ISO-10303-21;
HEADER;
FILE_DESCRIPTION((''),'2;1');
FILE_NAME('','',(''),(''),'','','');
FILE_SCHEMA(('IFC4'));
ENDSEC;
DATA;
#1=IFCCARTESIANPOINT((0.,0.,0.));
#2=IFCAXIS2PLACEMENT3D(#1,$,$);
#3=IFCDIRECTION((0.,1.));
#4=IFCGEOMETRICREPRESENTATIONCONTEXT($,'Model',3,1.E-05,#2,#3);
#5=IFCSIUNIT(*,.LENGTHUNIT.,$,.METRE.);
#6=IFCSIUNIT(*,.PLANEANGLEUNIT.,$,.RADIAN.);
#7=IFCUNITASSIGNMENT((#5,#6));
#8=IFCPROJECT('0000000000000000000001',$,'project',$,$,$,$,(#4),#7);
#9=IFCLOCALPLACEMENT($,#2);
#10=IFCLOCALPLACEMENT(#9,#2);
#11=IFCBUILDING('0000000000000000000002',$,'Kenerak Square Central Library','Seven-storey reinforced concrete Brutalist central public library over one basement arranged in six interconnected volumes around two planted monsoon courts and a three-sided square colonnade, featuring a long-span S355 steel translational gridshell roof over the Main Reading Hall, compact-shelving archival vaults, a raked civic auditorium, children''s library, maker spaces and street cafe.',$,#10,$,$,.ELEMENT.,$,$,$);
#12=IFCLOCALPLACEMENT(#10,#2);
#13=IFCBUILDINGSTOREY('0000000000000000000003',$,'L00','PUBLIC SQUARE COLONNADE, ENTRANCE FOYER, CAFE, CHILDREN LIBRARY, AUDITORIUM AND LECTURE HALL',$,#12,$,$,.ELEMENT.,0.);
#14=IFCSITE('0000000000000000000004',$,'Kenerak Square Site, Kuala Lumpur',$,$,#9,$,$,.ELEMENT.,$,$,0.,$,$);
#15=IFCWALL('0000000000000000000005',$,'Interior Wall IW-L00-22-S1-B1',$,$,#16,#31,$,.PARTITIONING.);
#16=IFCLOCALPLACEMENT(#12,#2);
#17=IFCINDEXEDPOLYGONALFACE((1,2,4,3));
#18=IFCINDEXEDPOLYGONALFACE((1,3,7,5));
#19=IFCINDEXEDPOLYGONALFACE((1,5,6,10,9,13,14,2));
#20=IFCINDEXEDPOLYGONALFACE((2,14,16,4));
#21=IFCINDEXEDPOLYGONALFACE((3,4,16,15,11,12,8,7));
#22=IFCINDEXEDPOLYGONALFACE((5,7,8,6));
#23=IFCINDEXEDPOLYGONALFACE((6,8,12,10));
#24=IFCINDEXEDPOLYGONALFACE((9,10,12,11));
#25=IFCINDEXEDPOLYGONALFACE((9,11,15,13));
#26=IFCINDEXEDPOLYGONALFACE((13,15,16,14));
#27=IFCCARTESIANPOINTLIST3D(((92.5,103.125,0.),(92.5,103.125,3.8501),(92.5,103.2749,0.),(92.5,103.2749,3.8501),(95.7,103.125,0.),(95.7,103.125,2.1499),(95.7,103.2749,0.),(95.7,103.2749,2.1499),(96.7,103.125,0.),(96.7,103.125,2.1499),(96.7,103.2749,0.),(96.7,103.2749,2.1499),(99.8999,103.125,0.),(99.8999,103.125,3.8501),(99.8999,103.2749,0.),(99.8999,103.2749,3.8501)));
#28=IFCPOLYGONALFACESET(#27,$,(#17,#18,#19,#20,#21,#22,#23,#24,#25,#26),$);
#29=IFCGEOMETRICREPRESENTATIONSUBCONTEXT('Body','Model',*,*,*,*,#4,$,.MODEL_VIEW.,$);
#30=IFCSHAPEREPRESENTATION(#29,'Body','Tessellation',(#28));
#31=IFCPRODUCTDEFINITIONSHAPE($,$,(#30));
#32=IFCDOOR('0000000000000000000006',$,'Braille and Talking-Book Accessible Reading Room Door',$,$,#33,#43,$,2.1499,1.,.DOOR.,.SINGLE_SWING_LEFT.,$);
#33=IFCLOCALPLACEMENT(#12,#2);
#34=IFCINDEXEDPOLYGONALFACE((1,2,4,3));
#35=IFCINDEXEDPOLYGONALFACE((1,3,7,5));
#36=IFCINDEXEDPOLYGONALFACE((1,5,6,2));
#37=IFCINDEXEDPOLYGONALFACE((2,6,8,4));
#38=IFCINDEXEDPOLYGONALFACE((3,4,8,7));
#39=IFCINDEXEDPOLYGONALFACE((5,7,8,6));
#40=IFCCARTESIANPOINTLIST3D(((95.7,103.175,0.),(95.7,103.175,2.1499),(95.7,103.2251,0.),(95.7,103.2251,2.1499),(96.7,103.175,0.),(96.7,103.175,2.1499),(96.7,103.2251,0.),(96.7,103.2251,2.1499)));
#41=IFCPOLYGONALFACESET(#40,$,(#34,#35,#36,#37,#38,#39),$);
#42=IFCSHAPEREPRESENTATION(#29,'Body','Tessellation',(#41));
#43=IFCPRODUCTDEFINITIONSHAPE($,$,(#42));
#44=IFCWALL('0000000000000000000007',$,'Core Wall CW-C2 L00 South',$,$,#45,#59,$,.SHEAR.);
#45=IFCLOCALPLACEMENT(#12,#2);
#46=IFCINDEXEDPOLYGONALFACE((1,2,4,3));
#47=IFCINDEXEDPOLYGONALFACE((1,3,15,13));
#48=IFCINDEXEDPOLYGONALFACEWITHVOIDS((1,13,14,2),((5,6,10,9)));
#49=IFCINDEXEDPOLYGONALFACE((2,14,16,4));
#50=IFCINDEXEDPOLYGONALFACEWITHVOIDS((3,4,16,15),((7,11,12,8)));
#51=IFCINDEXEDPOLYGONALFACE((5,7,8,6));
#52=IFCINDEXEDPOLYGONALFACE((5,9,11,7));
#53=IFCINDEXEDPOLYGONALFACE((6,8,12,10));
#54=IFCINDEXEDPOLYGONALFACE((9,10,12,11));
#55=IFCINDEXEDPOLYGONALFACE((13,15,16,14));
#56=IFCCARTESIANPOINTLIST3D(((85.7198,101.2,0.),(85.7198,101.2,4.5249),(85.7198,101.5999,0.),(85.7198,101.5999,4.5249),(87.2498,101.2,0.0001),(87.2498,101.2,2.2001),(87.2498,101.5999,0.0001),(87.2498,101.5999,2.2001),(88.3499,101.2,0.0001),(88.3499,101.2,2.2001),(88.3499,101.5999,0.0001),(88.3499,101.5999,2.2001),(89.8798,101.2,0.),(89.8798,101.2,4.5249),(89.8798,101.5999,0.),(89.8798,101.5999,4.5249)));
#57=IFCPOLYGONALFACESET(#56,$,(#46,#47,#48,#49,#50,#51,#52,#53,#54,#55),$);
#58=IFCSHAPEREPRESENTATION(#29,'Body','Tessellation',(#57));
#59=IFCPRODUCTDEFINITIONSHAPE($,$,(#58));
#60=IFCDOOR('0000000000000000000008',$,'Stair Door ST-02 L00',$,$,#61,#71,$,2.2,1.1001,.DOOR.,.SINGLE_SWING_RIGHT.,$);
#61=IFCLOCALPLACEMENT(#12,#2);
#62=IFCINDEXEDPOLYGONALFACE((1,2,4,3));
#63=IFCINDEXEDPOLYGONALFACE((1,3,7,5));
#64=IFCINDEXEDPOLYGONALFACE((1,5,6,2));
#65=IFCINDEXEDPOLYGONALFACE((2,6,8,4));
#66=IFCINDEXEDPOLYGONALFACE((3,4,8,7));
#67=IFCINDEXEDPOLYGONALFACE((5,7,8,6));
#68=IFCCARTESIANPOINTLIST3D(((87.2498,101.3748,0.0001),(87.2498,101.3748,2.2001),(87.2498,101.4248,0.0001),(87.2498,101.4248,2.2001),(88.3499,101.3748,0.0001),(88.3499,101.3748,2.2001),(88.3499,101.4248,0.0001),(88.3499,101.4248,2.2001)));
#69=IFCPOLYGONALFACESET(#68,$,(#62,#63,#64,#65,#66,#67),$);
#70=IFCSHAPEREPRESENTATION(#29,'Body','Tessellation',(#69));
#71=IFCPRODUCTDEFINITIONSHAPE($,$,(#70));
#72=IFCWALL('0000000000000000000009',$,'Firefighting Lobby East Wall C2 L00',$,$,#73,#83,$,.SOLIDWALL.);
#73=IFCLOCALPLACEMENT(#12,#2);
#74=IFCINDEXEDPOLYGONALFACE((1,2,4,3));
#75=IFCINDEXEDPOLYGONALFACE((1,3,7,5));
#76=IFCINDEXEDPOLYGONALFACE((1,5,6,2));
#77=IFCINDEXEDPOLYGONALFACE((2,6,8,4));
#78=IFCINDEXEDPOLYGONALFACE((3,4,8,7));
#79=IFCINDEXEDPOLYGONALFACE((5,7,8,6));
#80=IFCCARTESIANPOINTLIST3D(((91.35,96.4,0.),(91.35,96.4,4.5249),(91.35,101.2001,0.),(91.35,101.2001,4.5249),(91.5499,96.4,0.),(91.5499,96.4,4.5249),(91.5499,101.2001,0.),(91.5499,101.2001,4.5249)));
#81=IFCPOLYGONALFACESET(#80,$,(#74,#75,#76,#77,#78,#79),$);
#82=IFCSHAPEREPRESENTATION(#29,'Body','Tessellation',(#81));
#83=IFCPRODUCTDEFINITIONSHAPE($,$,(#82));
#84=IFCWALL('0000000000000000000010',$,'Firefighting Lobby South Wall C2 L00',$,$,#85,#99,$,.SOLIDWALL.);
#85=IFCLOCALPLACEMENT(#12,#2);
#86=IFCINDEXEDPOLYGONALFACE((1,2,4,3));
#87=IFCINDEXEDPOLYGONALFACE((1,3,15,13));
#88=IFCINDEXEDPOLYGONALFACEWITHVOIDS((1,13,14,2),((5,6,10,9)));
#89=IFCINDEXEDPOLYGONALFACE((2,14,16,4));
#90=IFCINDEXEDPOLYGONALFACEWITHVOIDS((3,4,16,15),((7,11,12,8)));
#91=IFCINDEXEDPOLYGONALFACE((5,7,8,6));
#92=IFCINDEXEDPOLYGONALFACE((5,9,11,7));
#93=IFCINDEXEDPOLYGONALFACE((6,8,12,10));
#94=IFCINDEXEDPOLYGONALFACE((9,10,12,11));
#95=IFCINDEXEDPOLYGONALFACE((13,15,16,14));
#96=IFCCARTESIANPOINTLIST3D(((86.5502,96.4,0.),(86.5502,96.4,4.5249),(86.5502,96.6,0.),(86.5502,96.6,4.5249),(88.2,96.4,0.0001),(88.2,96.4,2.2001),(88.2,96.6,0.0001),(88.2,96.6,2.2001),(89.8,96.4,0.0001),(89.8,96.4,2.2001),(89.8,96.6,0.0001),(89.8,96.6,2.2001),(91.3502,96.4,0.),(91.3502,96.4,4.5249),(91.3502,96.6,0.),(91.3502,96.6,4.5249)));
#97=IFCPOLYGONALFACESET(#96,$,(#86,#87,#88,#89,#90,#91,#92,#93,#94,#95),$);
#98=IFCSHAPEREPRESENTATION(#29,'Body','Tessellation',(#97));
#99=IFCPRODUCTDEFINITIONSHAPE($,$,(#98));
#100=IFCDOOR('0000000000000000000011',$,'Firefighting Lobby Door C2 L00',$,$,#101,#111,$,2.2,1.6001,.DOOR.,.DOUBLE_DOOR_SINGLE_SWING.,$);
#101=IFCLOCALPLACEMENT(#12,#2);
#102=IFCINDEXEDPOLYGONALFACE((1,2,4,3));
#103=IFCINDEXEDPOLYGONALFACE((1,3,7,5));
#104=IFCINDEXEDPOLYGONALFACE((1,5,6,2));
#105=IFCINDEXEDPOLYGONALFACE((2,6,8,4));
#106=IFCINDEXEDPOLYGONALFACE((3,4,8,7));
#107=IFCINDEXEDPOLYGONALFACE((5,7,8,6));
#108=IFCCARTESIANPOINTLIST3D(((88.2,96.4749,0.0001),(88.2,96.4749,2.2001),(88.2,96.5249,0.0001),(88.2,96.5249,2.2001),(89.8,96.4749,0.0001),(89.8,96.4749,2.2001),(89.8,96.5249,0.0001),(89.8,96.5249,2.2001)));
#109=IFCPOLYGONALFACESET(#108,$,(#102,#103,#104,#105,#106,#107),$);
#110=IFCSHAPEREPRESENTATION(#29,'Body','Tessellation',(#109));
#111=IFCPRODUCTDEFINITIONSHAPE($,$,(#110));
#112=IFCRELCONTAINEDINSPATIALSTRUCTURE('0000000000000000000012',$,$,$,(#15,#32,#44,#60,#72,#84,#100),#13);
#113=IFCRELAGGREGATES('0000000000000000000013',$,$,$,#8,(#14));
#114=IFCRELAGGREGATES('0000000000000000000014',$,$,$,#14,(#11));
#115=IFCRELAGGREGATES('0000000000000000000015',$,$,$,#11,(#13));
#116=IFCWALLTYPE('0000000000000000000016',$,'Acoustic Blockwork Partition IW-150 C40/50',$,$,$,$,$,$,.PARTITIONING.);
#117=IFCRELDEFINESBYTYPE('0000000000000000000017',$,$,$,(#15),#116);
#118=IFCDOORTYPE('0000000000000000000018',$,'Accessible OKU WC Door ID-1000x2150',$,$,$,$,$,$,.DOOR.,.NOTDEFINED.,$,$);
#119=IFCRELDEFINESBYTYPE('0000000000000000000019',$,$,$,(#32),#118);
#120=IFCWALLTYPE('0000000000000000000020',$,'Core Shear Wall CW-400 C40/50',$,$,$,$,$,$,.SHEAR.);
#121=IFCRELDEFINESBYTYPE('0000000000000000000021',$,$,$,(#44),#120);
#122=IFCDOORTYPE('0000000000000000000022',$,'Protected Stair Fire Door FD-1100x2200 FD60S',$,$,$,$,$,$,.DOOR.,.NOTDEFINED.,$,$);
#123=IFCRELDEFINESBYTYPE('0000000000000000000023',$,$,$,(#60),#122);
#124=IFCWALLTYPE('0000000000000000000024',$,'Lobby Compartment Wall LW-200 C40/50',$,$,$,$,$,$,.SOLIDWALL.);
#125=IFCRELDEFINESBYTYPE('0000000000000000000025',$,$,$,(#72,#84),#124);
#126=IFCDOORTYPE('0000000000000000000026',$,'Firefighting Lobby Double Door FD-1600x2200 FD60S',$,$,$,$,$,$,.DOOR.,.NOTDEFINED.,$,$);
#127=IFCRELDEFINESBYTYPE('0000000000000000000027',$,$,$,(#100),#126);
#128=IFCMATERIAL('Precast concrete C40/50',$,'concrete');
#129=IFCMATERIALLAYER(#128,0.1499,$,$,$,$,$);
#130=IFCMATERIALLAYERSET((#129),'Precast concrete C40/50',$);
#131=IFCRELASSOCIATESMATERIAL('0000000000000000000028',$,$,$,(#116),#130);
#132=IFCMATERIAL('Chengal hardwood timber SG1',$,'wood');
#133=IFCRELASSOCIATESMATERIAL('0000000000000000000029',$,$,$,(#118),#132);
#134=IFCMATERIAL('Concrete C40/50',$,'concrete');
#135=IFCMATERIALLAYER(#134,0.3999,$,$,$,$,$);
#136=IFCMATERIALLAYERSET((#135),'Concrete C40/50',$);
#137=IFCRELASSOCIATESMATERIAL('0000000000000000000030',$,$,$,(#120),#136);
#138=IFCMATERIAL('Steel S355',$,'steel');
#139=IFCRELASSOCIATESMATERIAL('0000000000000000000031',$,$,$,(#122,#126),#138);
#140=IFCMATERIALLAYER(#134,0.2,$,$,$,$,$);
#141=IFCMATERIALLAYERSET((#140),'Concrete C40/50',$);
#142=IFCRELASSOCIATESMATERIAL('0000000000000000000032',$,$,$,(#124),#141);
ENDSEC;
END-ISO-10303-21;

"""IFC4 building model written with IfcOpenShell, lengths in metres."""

from ifc_helpers import new_model, si_unit, direction, frame, frame_2d, origin, place, context, subcontext, project, spatial, rectangle, extrude, material, layer, layer_set, type_object, element, fill, save


model = new_model("IFC4")

# Units and contexts
model_context = context("Model", 3, precision=1e-05, world=origin(), true_north=direction((0.0, 1.0)))
body_context = subcontext(model_context, "Body", "Model", "MODEL_VIEW")
ifc_project = project(units=[si_unit("LENGTHUNIT", "METRE"), si_unit("PLANEANGLEUNIT", "RADIAN")], contexts=[model_context])

# Site, building, storey
site_placement = place(None, origin())
site = spatial("IfcSite", under=ifc_project, at=site_placement, Name="Kenerak Square Site, Kuala Lumpur", CompositionType="ELEMENT", RefElevation=0.0)
building_placement = place(site_placement, origin())
building = spatial("IfcBuilding", under=site, at=building_placement, Name="Kenerak Square Central Library", Description="Seven-storey reinforced concrete Brutalist central public library over one basement arranged in six interconnected volumes around two planted monsoon courts and a three-sided square colonnade, featuring a long-span S355 steel translational gridshell roof over the Main Reading Hall, compact-shelving archival vaults, a raked civic auditorium, children's library, maker spaces and street cafe.", CompositionType="ELEMENT")
storey_placement = place(building_placement, origin())
storey = spatial("IfcBuildingStorey", under=building, at=storey_placement, Name="L00", Description="PUBLIC SQUARE COLONNADE, ENTRANCE FOYER, CAFE, CHILDREN LIBRARY, AUDITORIUM AND LECTURE HALL", CompositionType="ELEMENT", Elevation=0.0)

# Shared definitions
ifc_material_1 = material(Name="Concrete C40/50", Category="concrete")

# Walls, openings, doors
ifc_material_2 = material(Name="Precast concrete C40/50", Category="concrete")
ifc_layer_1 = layer(ifc_material_2, 0.1499)
ifc_layer_set_1 = layer_set([ifc_layer_1], Name="Precast concrete C40/50")
wall_type_1 = type_object("IfcWallType", Name="Acoustic Blockwork Partition IW-150 C40/50", PredefinedType="PARTITIONING", material=ifc_layer_set_1)
wall_1_placement = place(storey_placement, frame((99.8999, 103.2, 0.0), z_axis=(0.0, 0.0, 1.0), x_axis=(-1.0, 0.0, 0.0)))
wall_1 = element("IfcWall", 1, at=wall_1_placement, inside=storey, type_object=wall_type_1, Name="Interior Wall IW-L00-22-S1-B1", PredefinedType="PARTITIONING", context=body_context, shape_type="SweptSolid", body=[
    extrude(rectangle(XDim=7.3999, YDim=0.1499, at=frame_2d((3.7, 0.0))), origin(), (0.0, 0.0, 1.0), 3.8501),
])
opening_1_placement = place(wall_1_placement, frame((3.2, 0.0, 0.0)))
opening_1 = element("IfcOpeningElement", 2, at=opening_1_placement, cuts=wall_1, PredefinedType="OPENING", context=body_context, shape_type="SweptSolid", body=[
    extrude(rectangle(XDim=1.0, YDim=2.1499, at=frame_2d((0.5, 1.075))), frame((0.0, 0.085, 0.0), z_axis=(0.0, -1.0, 0.0), x_axis=(1.0, 0.0, 0.0)), (0.0, 0.0, 1.0), 0.1699),
])
ifc_material_3 = material(Name="Chengal hardwood timber SG1", Category="wood")
door_type_1 = type_object("IfcDoorType", Name="Accessible OKU WC Door ID-1000x2150", OperationType="NOTDEFINED", PredefinedType="DOOR", material=ifc_material_3)
door_1_placement = place(opening_1_placement, origin())
door_1 = element("IfcDoor", 3, at=door_1_placement, inside=storey, type_object=door_type_1, Name="Braille and Talking-Book Accessible Reading Room Door", OperationType="SINGLE_SWING_LEFT", OverallHeight=2.1499, OverallWidth=1.0, PredefinedType="DOOR", context=body_context, shape_type="SweptSolid", body=[
    extrude(rectangle(XDim=1.0, YDim=2.1499, at=frame_2d((0.5, 1.075))), frame((0.0, 0.0249, 0.0), z_axis=(0.0, -1.0, 0.0), x_axis=(1.0, 0.0, 0.0)), (0.0, 0.0, 1.0), 0.05),
])
fill(opening_1, door_1)
ifc_layer_2 = layer(ifc_material_1, 0.3999)
ifc_layer_set_2 = layer_set([ifc_layer_2], Name="Concrete C40/50")
wall_type_2 = type_object("IfcWallType", Name="Core Shear Wall CW-400 C40/50", PredefinedType="SHEAR", material=ifc_layer_set_2)
wall_2_placement = place(storey_placement, frame((89.8799, 101.3999, 0.0), z_axis=(0.0, 0.0, 1.0), x_axis=(-1.0, 0.0, 0.0)))
wall_2 = element("IfcWall", 4, at=wall_2_placement, inside=storey, type_object=wall_type_2, Name="Core Wall CW-C2 L00 South", PredefinedType="SHEAR", context=body_context, shape_type="SweptSolid", body=[
    extrude(rectangle(XDim=4.1599, YDim=0.3999, at=frame_2d((2.0801, 0.0))), origin(), (0.0, 0.0, 1.0), 4.5249),
])
opening_2_placement = place(wall_2_placement, frame((1.53, 0.0, 0.0)))
opening_2 = element("IfcOpeningElement", 5, at=opening_2_placement, cuts=wall_2, PredefinedType="OPENING", context=body_context, shape_type="SweptSolid", body=[
    extrude(rectangle(XDim=1.1001, YDim=2.2, at=frame_2d((0.55, 1.1001))), frame((0.0, 0.21, 0.0), z_axis=(0.0, -1.0, 0.0), x_axis=(1.0, 0.0, 0.0)), (0.0, 0.0, 1.0), 0.4199),
])
ifc_material_4 = material(Name="Steel S355", Category="steel")
door_type_2 = type_object("IfcDoorType", Name="Protected Stair Fire Door FD-1100x2200 FD60S", OperationType="NOTDEFINED", PredefinedType="DOOR", material=ifc_material_4)
door_2_placement = place(opening_2_placement, frame((1.1001, 0.0, 0.0), z_axis=(0.0, 0.0, 1.0), x_axis=(-1.0, 0.0, 0.0)))
door_2 = element("IfcDoor", 6, at=door_2_placement, inside=storey, type_object=door_type_2, Name="Stair Door ST-02 L00", OperationType="SINGLE_SWING_RIGHT", OverallHeight=2.2, OverallWidth=1.1001, PredefinedType="DOOR", context=body_context, shape_type="SweptSolid", body=[
    extrude(rectangle(XDim=1.1001, YDim=2.2, at=frame_2d((0.55, 1.1001))), frame((0.0, 0.0249, 0.0), z_axis=(0.0, -1.0, 0.0), x_axis=(1.0, 0.0, 0.0)), (0.0, 0.0, 1.0), 0.05),
])
fill(opening_2, door_2)

# Wall
ifc_layer_3 = layer(ifc_material_1, 0.2)
ifc_layer_set_3 = layer_set([ifc_layer_3], Name="Concrete C40/50")
wall_type_3 = type_object("IfcWallType", Name="Lobby Compartment Wall LW-200 C40/50", PredefinedType="SOLIDWALL", material=ifc_layer_set_3)
wall_3_placement = place(storey_placement, frame((91.45, 101.2, 0.0), z_axis=(0.0, 0.0, 1.0), x_axis=(0.0, -1.0, 0.0)))
element("IfcWall", 7, at=wall_3_placement, inside=storey, type_object=wall_type_3, Name="Firefighting Lobby East Wall C2 L00", PredefinedType="SOLIDWALL", context=body_context, shape_type="SweptSolid", body=[
    extrude(rectangle(XDim=4.8, YDim=0.2, at=frame_2d((2.3999, 0.0))), origin(), (0.0, 0.0, 1.0), 4.5249),
])

# Wall, opening, door
wall_4_placement = place(storey_placement, frame((91.3501, 96.5, 0.0), z_axis=(0.0, 0.0, 1.0), x_axis=(-1.0, 0.0, 0.0)))
wall_4 = element("IfcWall", 8, at=wall_4_placement, inside=storey, type_object=wall_type_3, Name="Firefighting Lobby South Wall C2 L00", PredefinedType="SOLIDWALL", context=body_context, shape_type="SweptSolid", body=[
    extrude(rectangle(XDim=4.8, YDim=0.2, at=frame_2d((2.3999, 0.0))), origin(), (0.0, 0.0, 1.0), 4.5249),
])
opening_3_placement = place(wall_4_placement, frame((1.55, 0.0, 0.0)))
opening_3 = element("IfcOpeningElement", 9, at=opening_3_placement, cuts=wall_4, PredefinedType="OPENING", context=body_context, shape_type="SweptSolid", body=[
    extrude(rectangle(XDim=1.6001, YDim=2.2, at=frame_2d((0.8, 1.1001))), frame((0.0, 0.1099, 0.0), z_axis=(0.0, -1.0, 0.0), x_axis=(1.0, 0.0, 0.0)), (0.0, 0.0, 1.0), 0.22),
])
door_type_3 = type_object("IfcDoorType", Name="Firefighting Lobby Double Door FD-1600x2200 FD60S", OperationType="NOTDEFINED", PredefinedType="DOOR", material=ifc_material_4)
door_3_placement = place(opening_3_placement, frame((1.6001, 0.0, 0.0), z_axis=(0.0, 0.0, 1.0), x_axis=(-1.0, 0.0, 0.0)))
door_3 = element("IfcDoor", 10, at=door_3_placement, inside=storey, type_object=door_type_3, Name="Firefighting Lobby Door C2 L00", OperationType="DOUBLE_DOOR_SINGLE_SWING", OverallHeight=2.2, OverallWidth=1.6001, PredefinedType="DOOR", context=body_context, shape_type="SweptSolid", body=[
    extrude(rectangle(XDim=1.6001, YDim=2.2, at=frame_2d((0.8, 1.1001))), frame((0.0, 0.0249, 0.0), z_axis=(0.0, -1.0, 0.0), x_axis=(1.0, 0.0, 0.0)), (0.0, 0.0, 1.0), 0.05),
])
fill(opening_3, door_3)

save(model, "model.ifc")
